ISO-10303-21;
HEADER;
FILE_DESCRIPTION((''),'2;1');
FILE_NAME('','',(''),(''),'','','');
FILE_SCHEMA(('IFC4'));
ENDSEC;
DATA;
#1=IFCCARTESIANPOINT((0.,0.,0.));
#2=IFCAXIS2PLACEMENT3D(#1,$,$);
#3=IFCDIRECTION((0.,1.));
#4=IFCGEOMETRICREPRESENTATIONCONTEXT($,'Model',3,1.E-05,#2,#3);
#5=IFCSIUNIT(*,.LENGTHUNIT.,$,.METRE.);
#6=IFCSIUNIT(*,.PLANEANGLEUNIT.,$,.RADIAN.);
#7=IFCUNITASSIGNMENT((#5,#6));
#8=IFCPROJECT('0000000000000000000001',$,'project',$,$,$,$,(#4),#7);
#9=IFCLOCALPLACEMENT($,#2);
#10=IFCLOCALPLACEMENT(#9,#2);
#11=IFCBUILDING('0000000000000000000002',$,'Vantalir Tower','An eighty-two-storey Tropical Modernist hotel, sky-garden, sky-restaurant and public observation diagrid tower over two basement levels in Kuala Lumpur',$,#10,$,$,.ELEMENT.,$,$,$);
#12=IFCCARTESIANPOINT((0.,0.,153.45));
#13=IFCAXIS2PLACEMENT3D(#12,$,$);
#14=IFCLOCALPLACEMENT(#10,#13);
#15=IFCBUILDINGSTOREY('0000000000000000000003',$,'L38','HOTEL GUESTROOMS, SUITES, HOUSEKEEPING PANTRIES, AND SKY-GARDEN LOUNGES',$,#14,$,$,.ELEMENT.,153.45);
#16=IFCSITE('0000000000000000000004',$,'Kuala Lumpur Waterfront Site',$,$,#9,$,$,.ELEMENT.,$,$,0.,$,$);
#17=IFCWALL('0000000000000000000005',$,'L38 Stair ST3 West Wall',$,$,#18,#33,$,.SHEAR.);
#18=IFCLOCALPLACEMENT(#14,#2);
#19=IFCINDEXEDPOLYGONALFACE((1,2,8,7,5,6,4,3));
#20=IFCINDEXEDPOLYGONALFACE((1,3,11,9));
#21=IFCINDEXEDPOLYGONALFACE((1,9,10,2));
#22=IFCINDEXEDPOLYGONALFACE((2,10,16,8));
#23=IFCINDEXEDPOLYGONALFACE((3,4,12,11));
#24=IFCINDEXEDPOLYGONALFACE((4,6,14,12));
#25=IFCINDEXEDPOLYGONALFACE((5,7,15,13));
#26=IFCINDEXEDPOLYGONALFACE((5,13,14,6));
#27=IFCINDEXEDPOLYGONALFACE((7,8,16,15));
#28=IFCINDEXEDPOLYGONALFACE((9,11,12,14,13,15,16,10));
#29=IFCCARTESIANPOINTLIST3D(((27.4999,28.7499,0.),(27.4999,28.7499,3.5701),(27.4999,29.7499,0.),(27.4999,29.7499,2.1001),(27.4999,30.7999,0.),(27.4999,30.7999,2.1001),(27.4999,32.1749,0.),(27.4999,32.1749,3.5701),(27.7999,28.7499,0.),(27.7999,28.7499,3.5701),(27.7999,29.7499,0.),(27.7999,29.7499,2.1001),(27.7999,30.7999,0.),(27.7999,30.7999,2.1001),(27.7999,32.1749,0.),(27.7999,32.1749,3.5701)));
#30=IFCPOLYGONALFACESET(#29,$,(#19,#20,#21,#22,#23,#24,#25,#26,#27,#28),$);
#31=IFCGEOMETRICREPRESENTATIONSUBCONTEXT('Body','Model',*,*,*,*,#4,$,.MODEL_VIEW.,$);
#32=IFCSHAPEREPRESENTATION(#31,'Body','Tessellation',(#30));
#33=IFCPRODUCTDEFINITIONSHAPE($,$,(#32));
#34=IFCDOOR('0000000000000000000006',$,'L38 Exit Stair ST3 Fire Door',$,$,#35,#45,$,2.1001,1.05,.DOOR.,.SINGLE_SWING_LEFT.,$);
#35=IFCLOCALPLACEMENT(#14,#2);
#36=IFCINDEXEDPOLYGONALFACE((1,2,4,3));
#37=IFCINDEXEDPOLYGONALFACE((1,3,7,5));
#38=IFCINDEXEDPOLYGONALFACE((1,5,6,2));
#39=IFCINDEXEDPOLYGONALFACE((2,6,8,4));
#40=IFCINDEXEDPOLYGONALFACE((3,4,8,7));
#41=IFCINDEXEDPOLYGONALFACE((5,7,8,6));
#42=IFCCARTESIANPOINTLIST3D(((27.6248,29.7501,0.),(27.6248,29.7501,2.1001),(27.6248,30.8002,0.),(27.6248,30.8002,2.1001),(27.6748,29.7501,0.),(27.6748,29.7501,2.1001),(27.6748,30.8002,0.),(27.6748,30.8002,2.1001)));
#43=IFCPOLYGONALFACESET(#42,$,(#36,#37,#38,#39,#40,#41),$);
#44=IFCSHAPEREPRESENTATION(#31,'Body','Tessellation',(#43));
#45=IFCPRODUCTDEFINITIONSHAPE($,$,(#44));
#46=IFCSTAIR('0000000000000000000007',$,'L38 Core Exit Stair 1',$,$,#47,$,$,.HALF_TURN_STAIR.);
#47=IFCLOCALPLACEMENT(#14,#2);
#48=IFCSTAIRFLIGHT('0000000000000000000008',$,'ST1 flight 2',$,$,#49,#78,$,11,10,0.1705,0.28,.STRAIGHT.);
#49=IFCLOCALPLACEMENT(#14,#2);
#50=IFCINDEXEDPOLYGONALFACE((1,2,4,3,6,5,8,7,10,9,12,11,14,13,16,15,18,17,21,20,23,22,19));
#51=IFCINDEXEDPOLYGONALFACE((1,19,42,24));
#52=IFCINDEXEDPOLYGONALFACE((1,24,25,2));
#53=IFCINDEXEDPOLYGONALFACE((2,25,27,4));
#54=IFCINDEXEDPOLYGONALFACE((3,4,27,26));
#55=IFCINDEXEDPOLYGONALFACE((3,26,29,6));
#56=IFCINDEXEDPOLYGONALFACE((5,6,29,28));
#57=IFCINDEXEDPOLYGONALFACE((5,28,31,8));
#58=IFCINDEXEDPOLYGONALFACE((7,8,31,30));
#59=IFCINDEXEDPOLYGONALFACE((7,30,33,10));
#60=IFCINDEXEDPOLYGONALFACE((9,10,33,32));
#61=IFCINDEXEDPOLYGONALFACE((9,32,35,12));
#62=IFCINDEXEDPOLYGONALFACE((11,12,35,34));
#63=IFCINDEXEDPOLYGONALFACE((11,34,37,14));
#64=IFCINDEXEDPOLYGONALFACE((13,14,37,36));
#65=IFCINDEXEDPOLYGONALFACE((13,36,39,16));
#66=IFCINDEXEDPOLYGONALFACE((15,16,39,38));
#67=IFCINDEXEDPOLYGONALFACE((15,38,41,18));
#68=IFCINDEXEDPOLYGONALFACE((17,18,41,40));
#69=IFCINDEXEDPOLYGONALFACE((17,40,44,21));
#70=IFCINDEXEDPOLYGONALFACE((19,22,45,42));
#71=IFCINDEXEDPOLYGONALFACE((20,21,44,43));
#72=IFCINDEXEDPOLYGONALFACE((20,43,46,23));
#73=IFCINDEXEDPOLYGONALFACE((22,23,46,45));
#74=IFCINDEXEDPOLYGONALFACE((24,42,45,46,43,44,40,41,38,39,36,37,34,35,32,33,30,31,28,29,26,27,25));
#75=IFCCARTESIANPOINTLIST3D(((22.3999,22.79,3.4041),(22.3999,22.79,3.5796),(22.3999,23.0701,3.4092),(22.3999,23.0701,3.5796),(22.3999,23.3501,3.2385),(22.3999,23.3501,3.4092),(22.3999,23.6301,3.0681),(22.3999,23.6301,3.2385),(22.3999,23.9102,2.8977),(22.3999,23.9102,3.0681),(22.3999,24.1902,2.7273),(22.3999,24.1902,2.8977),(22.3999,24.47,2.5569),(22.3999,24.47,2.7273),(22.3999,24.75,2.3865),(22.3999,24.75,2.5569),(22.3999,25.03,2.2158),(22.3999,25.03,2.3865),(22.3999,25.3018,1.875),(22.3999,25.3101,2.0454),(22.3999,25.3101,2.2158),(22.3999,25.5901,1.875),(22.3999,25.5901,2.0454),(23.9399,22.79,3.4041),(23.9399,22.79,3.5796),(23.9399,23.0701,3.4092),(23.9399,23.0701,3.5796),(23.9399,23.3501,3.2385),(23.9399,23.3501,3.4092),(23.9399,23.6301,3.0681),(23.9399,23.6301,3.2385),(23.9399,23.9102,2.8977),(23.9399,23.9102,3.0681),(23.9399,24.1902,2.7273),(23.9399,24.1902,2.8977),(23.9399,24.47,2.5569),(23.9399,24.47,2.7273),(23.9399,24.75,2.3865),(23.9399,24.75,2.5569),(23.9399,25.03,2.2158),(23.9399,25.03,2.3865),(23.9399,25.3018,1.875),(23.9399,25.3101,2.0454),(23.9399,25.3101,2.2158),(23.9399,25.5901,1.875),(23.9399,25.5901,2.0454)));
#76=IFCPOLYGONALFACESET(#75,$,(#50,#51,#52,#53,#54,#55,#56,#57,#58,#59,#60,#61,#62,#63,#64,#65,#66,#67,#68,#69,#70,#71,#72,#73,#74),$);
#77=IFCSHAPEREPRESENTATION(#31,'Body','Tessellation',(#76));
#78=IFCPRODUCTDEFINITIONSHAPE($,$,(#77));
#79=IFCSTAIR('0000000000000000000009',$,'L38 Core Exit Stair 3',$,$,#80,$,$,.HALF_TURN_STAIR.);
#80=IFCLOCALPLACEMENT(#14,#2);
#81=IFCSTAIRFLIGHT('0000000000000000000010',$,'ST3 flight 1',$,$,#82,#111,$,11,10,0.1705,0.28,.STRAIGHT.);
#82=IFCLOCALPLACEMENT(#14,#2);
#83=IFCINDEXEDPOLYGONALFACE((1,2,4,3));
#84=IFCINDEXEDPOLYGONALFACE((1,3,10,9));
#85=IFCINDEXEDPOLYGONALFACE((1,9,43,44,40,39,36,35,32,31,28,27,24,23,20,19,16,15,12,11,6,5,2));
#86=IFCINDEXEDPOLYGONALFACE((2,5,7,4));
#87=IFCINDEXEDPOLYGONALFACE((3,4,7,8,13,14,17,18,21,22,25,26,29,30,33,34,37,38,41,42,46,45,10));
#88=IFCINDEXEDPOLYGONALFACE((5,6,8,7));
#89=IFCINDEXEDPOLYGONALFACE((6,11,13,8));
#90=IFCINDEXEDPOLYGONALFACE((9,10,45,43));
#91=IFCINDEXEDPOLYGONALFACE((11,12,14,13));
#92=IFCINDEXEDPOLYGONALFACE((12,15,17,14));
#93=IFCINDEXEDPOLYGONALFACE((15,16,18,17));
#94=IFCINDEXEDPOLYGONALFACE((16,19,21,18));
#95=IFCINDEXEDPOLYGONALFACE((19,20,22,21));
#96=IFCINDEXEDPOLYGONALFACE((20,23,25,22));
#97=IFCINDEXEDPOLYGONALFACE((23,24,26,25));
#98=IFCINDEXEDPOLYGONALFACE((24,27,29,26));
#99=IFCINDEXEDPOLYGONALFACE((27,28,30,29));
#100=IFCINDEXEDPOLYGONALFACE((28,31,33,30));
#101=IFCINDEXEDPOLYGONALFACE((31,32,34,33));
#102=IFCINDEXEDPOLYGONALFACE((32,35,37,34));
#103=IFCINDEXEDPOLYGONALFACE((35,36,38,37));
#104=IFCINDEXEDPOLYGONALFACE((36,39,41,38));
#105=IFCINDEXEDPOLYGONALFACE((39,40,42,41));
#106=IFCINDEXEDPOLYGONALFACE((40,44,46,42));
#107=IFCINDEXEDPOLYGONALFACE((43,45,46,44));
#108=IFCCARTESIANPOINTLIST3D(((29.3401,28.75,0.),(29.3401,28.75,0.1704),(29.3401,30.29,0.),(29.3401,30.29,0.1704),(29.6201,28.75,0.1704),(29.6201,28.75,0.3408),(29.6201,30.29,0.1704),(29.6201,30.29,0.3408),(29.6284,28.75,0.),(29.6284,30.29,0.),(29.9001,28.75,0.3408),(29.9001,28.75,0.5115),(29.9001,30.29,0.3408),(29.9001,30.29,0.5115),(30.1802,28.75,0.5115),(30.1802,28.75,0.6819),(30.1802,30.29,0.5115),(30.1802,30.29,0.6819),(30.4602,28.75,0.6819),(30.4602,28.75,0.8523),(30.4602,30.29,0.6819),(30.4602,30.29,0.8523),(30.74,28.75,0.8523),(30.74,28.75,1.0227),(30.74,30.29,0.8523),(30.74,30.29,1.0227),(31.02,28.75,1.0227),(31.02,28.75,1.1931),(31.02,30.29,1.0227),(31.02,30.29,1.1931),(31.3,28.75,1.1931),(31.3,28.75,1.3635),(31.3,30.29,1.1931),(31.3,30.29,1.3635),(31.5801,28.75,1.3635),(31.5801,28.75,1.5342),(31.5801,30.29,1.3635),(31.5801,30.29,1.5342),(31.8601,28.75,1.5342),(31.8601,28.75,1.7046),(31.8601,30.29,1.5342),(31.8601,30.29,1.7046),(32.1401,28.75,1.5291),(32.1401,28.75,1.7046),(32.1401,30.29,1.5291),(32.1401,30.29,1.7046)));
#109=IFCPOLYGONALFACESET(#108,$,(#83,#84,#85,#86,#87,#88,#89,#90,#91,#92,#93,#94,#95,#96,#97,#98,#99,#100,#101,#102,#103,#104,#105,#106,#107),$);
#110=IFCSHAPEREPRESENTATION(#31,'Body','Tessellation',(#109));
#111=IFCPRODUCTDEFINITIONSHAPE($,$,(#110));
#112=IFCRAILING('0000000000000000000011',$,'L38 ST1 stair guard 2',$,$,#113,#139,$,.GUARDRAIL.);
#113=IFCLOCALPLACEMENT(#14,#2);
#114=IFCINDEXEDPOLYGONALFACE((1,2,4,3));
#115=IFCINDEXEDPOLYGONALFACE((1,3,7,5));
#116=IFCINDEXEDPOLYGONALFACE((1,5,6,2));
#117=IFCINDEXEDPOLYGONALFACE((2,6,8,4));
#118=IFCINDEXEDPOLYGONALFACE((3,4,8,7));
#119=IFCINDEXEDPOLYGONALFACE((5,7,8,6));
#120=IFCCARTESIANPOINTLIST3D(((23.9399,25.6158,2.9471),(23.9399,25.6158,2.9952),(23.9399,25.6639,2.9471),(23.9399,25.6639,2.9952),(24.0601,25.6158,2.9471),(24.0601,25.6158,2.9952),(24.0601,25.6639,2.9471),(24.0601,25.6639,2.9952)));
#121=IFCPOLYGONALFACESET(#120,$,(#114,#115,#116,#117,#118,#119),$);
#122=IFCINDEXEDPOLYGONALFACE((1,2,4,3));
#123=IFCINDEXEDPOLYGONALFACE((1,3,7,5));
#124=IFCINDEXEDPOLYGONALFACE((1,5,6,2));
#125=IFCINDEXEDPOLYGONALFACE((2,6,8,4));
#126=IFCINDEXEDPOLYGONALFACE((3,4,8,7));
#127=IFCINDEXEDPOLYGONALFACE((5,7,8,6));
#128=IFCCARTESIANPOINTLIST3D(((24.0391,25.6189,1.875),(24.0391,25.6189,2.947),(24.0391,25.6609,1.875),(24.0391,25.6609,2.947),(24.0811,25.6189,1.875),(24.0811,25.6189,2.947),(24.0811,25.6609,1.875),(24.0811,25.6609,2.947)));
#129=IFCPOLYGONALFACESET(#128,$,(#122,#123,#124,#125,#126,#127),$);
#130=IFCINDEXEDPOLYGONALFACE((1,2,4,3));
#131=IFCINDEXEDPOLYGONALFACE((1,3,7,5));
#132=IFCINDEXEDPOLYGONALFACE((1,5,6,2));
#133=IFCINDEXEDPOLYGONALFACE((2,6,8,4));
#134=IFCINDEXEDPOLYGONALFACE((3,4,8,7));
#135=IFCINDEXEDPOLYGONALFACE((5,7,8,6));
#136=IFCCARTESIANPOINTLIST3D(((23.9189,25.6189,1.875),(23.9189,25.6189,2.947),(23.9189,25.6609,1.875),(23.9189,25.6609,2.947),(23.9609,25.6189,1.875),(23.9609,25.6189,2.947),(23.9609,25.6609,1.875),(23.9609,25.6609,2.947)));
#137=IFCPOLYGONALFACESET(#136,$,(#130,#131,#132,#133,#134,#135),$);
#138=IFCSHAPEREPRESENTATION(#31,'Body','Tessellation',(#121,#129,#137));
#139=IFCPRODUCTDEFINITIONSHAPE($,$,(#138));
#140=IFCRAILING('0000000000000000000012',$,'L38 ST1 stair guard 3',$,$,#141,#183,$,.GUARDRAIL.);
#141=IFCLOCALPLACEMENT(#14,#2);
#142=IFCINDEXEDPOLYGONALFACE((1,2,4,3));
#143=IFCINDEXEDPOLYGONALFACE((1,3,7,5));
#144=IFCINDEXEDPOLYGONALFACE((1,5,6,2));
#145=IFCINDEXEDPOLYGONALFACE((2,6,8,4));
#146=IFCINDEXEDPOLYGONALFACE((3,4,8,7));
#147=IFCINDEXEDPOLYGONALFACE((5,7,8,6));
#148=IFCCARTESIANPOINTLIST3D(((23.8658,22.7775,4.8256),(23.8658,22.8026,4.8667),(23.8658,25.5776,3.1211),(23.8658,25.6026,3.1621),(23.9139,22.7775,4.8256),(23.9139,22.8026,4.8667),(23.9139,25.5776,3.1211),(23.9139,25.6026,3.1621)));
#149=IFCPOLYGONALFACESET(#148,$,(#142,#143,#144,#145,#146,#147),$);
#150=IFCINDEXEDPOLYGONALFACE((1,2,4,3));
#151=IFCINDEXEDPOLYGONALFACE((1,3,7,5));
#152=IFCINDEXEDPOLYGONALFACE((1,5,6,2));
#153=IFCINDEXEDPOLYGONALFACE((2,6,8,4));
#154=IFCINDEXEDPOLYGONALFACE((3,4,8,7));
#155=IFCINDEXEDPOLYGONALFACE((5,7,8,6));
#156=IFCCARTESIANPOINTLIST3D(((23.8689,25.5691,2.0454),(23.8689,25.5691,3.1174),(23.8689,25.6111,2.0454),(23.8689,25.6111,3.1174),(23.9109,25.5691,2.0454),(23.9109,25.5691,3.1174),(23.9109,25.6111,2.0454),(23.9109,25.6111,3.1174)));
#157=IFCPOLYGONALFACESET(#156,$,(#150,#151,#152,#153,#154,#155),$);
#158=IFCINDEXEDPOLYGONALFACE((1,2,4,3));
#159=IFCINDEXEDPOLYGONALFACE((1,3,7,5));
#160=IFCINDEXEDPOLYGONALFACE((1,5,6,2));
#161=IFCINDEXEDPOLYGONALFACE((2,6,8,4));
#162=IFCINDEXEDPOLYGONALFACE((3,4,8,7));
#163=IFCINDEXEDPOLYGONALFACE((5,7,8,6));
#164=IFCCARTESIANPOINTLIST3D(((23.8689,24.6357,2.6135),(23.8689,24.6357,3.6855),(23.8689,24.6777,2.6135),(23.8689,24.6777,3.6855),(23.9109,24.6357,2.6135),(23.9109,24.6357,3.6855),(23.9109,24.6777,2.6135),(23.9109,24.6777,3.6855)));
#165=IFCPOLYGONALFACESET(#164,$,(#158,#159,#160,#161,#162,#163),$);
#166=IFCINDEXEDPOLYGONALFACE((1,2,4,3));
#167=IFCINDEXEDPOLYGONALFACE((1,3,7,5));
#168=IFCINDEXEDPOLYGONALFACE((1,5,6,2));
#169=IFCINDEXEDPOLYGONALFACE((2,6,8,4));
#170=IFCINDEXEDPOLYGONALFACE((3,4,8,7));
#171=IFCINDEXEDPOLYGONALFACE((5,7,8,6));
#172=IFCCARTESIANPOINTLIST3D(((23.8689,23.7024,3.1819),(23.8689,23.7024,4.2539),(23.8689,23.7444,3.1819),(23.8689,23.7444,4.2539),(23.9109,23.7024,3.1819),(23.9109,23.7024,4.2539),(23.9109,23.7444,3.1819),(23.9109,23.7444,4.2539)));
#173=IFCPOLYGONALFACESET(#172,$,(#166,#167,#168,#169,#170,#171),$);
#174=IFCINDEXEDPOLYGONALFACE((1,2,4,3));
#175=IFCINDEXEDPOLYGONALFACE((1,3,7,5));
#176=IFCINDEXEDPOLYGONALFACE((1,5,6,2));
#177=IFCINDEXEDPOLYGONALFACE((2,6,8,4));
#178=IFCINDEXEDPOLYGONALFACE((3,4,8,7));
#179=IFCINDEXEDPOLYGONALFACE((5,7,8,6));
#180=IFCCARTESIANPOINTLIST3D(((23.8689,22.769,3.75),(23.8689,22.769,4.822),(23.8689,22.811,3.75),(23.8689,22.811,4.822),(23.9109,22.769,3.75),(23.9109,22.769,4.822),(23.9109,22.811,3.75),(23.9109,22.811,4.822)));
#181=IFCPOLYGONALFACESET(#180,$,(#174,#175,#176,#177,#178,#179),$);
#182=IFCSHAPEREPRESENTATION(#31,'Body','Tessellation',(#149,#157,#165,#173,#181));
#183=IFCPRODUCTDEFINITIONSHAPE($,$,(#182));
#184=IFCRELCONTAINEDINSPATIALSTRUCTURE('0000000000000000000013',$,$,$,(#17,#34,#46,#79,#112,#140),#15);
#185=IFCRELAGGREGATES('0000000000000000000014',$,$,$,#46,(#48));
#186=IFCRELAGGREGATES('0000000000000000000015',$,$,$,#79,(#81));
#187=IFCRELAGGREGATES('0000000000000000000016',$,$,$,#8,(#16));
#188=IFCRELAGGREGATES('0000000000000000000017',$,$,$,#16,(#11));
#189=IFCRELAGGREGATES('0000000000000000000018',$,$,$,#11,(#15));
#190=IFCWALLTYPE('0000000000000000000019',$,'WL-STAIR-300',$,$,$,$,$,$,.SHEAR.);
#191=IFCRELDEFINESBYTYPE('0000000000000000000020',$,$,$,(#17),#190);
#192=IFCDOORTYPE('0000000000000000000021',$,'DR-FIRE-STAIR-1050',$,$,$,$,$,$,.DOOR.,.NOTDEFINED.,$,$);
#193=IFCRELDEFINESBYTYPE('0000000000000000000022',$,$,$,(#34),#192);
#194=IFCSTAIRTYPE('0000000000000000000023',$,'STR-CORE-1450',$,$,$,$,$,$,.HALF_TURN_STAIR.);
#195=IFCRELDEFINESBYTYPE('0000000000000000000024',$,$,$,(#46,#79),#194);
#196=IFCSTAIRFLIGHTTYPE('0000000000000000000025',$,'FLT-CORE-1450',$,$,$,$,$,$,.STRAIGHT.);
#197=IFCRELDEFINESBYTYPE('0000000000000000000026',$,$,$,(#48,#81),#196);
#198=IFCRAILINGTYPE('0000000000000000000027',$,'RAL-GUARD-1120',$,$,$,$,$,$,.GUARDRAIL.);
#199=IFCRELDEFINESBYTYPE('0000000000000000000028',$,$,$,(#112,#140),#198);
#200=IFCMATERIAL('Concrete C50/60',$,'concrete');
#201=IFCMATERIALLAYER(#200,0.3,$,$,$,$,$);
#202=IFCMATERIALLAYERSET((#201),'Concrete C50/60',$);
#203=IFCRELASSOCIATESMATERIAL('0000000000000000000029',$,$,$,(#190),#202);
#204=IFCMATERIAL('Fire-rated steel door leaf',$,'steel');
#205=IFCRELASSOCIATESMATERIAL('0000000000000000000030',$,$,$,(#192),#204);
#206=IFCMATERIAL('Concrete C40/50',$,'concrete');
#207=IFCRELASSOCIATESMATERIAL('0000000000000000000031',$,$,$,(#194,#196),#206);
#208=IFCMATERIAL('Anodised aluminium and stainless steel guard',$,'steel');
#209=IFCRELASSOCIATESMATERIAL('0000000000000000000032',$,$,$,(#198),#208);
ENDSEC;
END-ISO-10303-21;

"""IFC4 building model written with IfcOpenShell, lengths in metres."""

from ifc_helpers import new_model, si_unit, direction, frame, frame_2d, origin, origin_2d, place, context, subcontext, project, spatial, polyline, rectangle, outline, extrude, material, layer, layer_set, type_object, element, fill, aggregate, save


model = new_model("IFC4")

# Units and contexts
model_context = context("Model", 3, precision=1e-05, world=origin(), true_north=direction((0.0, 1.0)))
body_context = subcontext(model_context, "Body", "Model", "MODEL_VIEW")
ifc_project = project(units=[si_unit("LENGTHUNIT", "METRE"), si_unit("PLANEANGLEUNIT", "RADIAN")], contexts=[model_context])

# Site, building, storey
site_placement = place(None, origin())
site = spatial("IfcSite", under=ifc_project, at=site_placement, Name="Kuala Lumpur Waterfront Site", CompositionType="ELEMENT", RefElevation=0.0)
building_placement = place(site_placement, origin())
building = spatial("IfcBuilding", under=site, at=building_placement, Name="Vantalir Tower", Description="An eighty-two-storey Tropical Modernist hotel, sky-garden, sky-restaurant and public observation diagrid tower over two basement levels in Kuala Lumpur", CompositionType="ELEMENT")
storey_placement = place(building_placement, frame((0.0, 0.0, 153.45)))
storey = spatial("IfcBuildingStorey", under=building, at=storey_placement, Name="L38", Description="HOTEL GUESTROOMS, SUITES, HOUSEKEEPING PANTRIES, AND SKY-GARDEN LOUNGES", CompositionType="ELEMENT", Elevation=153.45)

# Shared definitions
ifc_material_1 = material(Name="Concrete C50/60", Category="concrete")
ifc_layer_1 = layer(ifc_material_1, 0.3)
ifc_layer_set_1 = layer_set([ifc_layer_1], Name="Concrete C50/60")
wall_type_1 = type_object("IfcWallType", Name="WL-STAIR-300", PredefinedType="SHEAR", material=ifc_layer_set_1)

# Wall, opening, door
wall_1_placement = place(storey_placement, frame((27.6499, 28.75, 0.0), z_axis=(0.0, 0.0, 1.0), x_axis=(0.0, 1.0, 0.0)))
wall_1 = element("IfcWall", 1, at=wall_1_placement, inside=storey, type_object=wall_type_1, Name="L38 Stair ST3 West Wall", PredefinedType="SHEAR", context=body_context, shape_type="SweptSolid", body=[
    extrude(rectangle(XDim=3.425, YDim=0.3, at=frame_2d((1.7124, 0.0))), origin(), (0.0, 0.0, 1.0), 3.5701),
])
opening_1_placement = place(wall_1_placement, frame((1.0, 0.0, 0.0)))
opening_1 = element("IfcOpeningElement", 2, at=opening_1_placement, cuts=wall_1, PredefinedType="OPENING", context=body_context, shape_type="SweptSolid", body=[
    extrude(rectangle(XDim=1.05, YDim=2.1001, at=frame_2d((0.5249, 1.05))), frame((0.0, 0.1599, 0.0), z_axis=(0.0, -1.0, 0.0), x_axis=(1.0, 0.0, 0.0)), (0.0, 0.0, 1.0), 0.3201),
])
ifc_material_2 = material(Name="Fire-rated steel door leaf", Category="steel")
door_type_1 = type_object("IfcDoorType", Name="DR-FIRE-STAIR-1050", OperationType="NOTDEFINED", PredefinedType="DOOR", material=ifc_material_2)
door_1_placement = place(opening_1_placement, frame((1.05, 0.0, 0.0), z_axis=(0.0, 0.0, 1.0), x_axis=(-1.0, 0.0, 0.0)))
door_1 = element("IfcDoor", 3, at=door_1_placement, inside=storey, type_object=door_type_1, Name="L38 Exit Stair ST3 Fire Door", OperationType="SINGLE_SWING_LEFT", OverallHeight=2.1001, OverallWidth=1.05, PredefinedType="DOOR", context=body_context, shape_type="SweptSolid", body=[
    extrude(rectangle(XDim=1.05, YDim=2.1001, at=frame_2d((0.5249, 1.05))), frame((0.0, 0.0249, 0.0), z_axis=(0.0, -1.0, 0.0), x_axis=(1.0, 0.0, 0.0)), (0.0, 0.0, 1.0), 0.05),
])
fill(opening_1, door_1)

# Stairs, stair flights
ifc_material_3 = material(Name="Concrete C40/50", Category="concrete")
stair_type = type_object("IfcStairType", Name="STR-CORE-1450", PredefinedType="HALF_TURN_STAIR", material=ifc_material_3)
stair_1_placement = place(storey_placement, origin())
stair_1 = element("IfcStair", 4, at=stair_1_placement, inside=storey, type_object=stair_type, Name="L38 Core Exit Stair 1", PredefinedType="HALF_TURN_STAIR")
stair_flight_type = type_object("IfcStairFlightType", Name="FLT-CORE-1450", PredefinedType="STRAIGHT", material=ifc_material_3)
stair_flight_1_placement = place(storey_placement, frame((23.1699, 25.5901, 1.875), z_axis=(0.0, 0.0, 1.0), x_axis=(0.0, -1.0, 0.0)))
stair_flight_1 = element("IfcStairFlight", 5, at=stair_flight_1_placement, type_object=stair_flight_type, Name="ST1 flight 2", NumberOfRisers=11, NumberOfTreads=10, PredefinedType="STRAIGHT", RiserHeight=0.1705, TreadLength=0.28, context=body_context, shape_type="SweptSolid", body=[
    extrude(outline(polyline([(0.0, 0.0), (0.0, 0.1704), (0.28, 0.1704), (0.28, 0.3408), (0.5601, 0.3408), (0.5601, 0.5115), (0.8401, 0.5115), (0.8401, 0.6819), (1.1201, 0.6819), (1.1201, 0.8523), (1.3999, 0.8523), (1.3999, 1.0227), (1.6799, 1.0227), (1.6799, 1.1931), (1.96, 1.1931), (1.96, 1.3635), (2.24, 1.3635), (2.24, 1.5342), (2.52, 1.5342), (2.52, 1.7046), (2.8, 1.7046), (2.8, 1.875), (2.8, 1.5291), (0.2883, 0.0), (0.0, 0.0)])), frame((0.0, 0.77, 0.0), z_axis=(0.0, -1.0, 0.0), x_axis=(1.0, 0.0, 0.0)), (0.0, 0.0, 1.0), 1.54),
])
aggregate(stair_1, [stair_flight_1])
stair_2_placement = place(storey_placement, origin())
stair_2 = element("IfcStair", 6, at=stair_2_placement, inside=storey, type_object=stair_type, Name="L38 Core Exit Stair 3", PredefinedType="HALF_TURN_STAIR")
stair_flight_2_placement = place(storey_placement, frame((29.3401, 29.52, 0.0), z_axis=(0.0, 0.0, 1.0), x_axis=(1.0, 0.0, 0.0)))
stair_flight_2 = element("IfcStairFlight", 7, at=stair_flight_2_placement, type_object=stair_flight_type, Name="ST3 flight 1", NumberOfRisers=11, NumberOfTreads=10, PredefinedType="STRAIGHT", RiserHeight=0.1705, TreadLength=0.28, context=body_context, shape_type="SweptSolid", body=[
    extrude(outline(polyline([(0.0, 0.0), (0.0, 0.1704), (0.28, 0.1704), (0.28, 0.3408), (0.5601, 0.3408), (0.5601, 0.5115), (0.8401, 0.5115), (0.8401, 0.6819), (1.1201, 0.6819), (1.1201, 0.8523), (1.3999, 0.8523), (1.3999, 1.0227), (1.6799, 1.0227), (1.6799, 1.1931), (1.96, 1.1931), (1.96, 1.3635), (2.24, 1.3635), (2.24, 1.5342), (2.52, 1.5342), (2.52, 1.7046), (2.8, 1.7046), (2.8, 1.875), (2.8, 1.5291), (0.2883, 0.0), (0.0, 0.0)])), frame((0.0, 0.77, 0.0), z_axis=(0.0, -1.0, 0.0), x_axis=(1.0, 0.0, 0.0)), (0.0, 0.0, 1.0), 1.54),
])
aggregate(stair_2, [stair_flight_2])

# Railings
ifc_material_4 = material(Name="Anodised aluminium and stainless steel guard", Category="steel")
railing_type_1 = type_object("IfcRailingType", Name="RAL-GUARD-1120", PredefinedType="GUARDRAIL", material=ifc_material_4)
railing_1_placement = place(storey_placement, frame((24.0601, 25.6399, 1.875)))
element("IfcRailing", 8, at=railing_1_placement, inside=storey, type_object=railing_type_1, Name="L38 ST1 stair guard 2", PredefinedType="GUARDRAIL", context=body_context, shape_type="SweptSolid", body=[
    extrude(rectangle(XDim=0.0481, YDim=0.0481, at=origin_2d()), frame((0.0, 0.0, 1.0962), z_axis=(-1.0, 0.0, 0.0), x_axis=(0.0, -1.0, 0.0)), (0.0, 0.0, 1.0), 0.1201),
    extrude(rectangle(XDim=0.042, YDim=0.042, at=origin_2d()), origin(), (0.0, 0.0, 1.0), 1.072),
    extrude(rectangle(XDim=0.042, YDim=0.042, at=origin_2d()), frame((-0.1201, 0.0, 0.0)), (0.0, 0.0, 1.0), 1.072),
])
railing_2_placement = place(storey_placement, frame((23.8899, 25.5901, 2.0454)))
element("IfcRailing", 9, at=railing_2_placement, inside=storey, type_object=railing_type_1, Name="L38 ST1 stair guard 3", PredefinedType="GUARDRAIL", context=body_context, shape_type="SweptSolid", body=[
    extrude(rectangle(XDim=0.0481, YDim=0.0481, at=origin_2d()), frame((0.0, 0.0, 1.0962), z_axis=(0.0, -0.85417, 0.519994), x_axis=(1.0, 0.0, 0.0)), (0.0, 0.0, 1.0), 3.2781),
    extrude(rectangle(XDim=0.042, YDim=0.042, at=origin_2d()), origin(), (0.0, 0.0, 1.0), 1.072),
    extrude(rectangle(XDim=0.042, YDim=0.042, at=origin_2d()), frame((0.0, -0.9333, 0.5681)), (0.0, 0.0, 1.0), 1.072),
    extrude(rectangle(XDim=0.042, YDim=0.042, at=origin_2d()), frame((0.0, -1.8667, 1.1365)), (0.0, 0.0, 1.0), 1.072),
    extrude(rectangle(XDim=0.042, YDim=0.042, at=origin_2d()), frame((0.0, -2.8, 1.7046)), (0.0, 0.0, 1.0), 1.072),
])

save(model, "model.ifc")
